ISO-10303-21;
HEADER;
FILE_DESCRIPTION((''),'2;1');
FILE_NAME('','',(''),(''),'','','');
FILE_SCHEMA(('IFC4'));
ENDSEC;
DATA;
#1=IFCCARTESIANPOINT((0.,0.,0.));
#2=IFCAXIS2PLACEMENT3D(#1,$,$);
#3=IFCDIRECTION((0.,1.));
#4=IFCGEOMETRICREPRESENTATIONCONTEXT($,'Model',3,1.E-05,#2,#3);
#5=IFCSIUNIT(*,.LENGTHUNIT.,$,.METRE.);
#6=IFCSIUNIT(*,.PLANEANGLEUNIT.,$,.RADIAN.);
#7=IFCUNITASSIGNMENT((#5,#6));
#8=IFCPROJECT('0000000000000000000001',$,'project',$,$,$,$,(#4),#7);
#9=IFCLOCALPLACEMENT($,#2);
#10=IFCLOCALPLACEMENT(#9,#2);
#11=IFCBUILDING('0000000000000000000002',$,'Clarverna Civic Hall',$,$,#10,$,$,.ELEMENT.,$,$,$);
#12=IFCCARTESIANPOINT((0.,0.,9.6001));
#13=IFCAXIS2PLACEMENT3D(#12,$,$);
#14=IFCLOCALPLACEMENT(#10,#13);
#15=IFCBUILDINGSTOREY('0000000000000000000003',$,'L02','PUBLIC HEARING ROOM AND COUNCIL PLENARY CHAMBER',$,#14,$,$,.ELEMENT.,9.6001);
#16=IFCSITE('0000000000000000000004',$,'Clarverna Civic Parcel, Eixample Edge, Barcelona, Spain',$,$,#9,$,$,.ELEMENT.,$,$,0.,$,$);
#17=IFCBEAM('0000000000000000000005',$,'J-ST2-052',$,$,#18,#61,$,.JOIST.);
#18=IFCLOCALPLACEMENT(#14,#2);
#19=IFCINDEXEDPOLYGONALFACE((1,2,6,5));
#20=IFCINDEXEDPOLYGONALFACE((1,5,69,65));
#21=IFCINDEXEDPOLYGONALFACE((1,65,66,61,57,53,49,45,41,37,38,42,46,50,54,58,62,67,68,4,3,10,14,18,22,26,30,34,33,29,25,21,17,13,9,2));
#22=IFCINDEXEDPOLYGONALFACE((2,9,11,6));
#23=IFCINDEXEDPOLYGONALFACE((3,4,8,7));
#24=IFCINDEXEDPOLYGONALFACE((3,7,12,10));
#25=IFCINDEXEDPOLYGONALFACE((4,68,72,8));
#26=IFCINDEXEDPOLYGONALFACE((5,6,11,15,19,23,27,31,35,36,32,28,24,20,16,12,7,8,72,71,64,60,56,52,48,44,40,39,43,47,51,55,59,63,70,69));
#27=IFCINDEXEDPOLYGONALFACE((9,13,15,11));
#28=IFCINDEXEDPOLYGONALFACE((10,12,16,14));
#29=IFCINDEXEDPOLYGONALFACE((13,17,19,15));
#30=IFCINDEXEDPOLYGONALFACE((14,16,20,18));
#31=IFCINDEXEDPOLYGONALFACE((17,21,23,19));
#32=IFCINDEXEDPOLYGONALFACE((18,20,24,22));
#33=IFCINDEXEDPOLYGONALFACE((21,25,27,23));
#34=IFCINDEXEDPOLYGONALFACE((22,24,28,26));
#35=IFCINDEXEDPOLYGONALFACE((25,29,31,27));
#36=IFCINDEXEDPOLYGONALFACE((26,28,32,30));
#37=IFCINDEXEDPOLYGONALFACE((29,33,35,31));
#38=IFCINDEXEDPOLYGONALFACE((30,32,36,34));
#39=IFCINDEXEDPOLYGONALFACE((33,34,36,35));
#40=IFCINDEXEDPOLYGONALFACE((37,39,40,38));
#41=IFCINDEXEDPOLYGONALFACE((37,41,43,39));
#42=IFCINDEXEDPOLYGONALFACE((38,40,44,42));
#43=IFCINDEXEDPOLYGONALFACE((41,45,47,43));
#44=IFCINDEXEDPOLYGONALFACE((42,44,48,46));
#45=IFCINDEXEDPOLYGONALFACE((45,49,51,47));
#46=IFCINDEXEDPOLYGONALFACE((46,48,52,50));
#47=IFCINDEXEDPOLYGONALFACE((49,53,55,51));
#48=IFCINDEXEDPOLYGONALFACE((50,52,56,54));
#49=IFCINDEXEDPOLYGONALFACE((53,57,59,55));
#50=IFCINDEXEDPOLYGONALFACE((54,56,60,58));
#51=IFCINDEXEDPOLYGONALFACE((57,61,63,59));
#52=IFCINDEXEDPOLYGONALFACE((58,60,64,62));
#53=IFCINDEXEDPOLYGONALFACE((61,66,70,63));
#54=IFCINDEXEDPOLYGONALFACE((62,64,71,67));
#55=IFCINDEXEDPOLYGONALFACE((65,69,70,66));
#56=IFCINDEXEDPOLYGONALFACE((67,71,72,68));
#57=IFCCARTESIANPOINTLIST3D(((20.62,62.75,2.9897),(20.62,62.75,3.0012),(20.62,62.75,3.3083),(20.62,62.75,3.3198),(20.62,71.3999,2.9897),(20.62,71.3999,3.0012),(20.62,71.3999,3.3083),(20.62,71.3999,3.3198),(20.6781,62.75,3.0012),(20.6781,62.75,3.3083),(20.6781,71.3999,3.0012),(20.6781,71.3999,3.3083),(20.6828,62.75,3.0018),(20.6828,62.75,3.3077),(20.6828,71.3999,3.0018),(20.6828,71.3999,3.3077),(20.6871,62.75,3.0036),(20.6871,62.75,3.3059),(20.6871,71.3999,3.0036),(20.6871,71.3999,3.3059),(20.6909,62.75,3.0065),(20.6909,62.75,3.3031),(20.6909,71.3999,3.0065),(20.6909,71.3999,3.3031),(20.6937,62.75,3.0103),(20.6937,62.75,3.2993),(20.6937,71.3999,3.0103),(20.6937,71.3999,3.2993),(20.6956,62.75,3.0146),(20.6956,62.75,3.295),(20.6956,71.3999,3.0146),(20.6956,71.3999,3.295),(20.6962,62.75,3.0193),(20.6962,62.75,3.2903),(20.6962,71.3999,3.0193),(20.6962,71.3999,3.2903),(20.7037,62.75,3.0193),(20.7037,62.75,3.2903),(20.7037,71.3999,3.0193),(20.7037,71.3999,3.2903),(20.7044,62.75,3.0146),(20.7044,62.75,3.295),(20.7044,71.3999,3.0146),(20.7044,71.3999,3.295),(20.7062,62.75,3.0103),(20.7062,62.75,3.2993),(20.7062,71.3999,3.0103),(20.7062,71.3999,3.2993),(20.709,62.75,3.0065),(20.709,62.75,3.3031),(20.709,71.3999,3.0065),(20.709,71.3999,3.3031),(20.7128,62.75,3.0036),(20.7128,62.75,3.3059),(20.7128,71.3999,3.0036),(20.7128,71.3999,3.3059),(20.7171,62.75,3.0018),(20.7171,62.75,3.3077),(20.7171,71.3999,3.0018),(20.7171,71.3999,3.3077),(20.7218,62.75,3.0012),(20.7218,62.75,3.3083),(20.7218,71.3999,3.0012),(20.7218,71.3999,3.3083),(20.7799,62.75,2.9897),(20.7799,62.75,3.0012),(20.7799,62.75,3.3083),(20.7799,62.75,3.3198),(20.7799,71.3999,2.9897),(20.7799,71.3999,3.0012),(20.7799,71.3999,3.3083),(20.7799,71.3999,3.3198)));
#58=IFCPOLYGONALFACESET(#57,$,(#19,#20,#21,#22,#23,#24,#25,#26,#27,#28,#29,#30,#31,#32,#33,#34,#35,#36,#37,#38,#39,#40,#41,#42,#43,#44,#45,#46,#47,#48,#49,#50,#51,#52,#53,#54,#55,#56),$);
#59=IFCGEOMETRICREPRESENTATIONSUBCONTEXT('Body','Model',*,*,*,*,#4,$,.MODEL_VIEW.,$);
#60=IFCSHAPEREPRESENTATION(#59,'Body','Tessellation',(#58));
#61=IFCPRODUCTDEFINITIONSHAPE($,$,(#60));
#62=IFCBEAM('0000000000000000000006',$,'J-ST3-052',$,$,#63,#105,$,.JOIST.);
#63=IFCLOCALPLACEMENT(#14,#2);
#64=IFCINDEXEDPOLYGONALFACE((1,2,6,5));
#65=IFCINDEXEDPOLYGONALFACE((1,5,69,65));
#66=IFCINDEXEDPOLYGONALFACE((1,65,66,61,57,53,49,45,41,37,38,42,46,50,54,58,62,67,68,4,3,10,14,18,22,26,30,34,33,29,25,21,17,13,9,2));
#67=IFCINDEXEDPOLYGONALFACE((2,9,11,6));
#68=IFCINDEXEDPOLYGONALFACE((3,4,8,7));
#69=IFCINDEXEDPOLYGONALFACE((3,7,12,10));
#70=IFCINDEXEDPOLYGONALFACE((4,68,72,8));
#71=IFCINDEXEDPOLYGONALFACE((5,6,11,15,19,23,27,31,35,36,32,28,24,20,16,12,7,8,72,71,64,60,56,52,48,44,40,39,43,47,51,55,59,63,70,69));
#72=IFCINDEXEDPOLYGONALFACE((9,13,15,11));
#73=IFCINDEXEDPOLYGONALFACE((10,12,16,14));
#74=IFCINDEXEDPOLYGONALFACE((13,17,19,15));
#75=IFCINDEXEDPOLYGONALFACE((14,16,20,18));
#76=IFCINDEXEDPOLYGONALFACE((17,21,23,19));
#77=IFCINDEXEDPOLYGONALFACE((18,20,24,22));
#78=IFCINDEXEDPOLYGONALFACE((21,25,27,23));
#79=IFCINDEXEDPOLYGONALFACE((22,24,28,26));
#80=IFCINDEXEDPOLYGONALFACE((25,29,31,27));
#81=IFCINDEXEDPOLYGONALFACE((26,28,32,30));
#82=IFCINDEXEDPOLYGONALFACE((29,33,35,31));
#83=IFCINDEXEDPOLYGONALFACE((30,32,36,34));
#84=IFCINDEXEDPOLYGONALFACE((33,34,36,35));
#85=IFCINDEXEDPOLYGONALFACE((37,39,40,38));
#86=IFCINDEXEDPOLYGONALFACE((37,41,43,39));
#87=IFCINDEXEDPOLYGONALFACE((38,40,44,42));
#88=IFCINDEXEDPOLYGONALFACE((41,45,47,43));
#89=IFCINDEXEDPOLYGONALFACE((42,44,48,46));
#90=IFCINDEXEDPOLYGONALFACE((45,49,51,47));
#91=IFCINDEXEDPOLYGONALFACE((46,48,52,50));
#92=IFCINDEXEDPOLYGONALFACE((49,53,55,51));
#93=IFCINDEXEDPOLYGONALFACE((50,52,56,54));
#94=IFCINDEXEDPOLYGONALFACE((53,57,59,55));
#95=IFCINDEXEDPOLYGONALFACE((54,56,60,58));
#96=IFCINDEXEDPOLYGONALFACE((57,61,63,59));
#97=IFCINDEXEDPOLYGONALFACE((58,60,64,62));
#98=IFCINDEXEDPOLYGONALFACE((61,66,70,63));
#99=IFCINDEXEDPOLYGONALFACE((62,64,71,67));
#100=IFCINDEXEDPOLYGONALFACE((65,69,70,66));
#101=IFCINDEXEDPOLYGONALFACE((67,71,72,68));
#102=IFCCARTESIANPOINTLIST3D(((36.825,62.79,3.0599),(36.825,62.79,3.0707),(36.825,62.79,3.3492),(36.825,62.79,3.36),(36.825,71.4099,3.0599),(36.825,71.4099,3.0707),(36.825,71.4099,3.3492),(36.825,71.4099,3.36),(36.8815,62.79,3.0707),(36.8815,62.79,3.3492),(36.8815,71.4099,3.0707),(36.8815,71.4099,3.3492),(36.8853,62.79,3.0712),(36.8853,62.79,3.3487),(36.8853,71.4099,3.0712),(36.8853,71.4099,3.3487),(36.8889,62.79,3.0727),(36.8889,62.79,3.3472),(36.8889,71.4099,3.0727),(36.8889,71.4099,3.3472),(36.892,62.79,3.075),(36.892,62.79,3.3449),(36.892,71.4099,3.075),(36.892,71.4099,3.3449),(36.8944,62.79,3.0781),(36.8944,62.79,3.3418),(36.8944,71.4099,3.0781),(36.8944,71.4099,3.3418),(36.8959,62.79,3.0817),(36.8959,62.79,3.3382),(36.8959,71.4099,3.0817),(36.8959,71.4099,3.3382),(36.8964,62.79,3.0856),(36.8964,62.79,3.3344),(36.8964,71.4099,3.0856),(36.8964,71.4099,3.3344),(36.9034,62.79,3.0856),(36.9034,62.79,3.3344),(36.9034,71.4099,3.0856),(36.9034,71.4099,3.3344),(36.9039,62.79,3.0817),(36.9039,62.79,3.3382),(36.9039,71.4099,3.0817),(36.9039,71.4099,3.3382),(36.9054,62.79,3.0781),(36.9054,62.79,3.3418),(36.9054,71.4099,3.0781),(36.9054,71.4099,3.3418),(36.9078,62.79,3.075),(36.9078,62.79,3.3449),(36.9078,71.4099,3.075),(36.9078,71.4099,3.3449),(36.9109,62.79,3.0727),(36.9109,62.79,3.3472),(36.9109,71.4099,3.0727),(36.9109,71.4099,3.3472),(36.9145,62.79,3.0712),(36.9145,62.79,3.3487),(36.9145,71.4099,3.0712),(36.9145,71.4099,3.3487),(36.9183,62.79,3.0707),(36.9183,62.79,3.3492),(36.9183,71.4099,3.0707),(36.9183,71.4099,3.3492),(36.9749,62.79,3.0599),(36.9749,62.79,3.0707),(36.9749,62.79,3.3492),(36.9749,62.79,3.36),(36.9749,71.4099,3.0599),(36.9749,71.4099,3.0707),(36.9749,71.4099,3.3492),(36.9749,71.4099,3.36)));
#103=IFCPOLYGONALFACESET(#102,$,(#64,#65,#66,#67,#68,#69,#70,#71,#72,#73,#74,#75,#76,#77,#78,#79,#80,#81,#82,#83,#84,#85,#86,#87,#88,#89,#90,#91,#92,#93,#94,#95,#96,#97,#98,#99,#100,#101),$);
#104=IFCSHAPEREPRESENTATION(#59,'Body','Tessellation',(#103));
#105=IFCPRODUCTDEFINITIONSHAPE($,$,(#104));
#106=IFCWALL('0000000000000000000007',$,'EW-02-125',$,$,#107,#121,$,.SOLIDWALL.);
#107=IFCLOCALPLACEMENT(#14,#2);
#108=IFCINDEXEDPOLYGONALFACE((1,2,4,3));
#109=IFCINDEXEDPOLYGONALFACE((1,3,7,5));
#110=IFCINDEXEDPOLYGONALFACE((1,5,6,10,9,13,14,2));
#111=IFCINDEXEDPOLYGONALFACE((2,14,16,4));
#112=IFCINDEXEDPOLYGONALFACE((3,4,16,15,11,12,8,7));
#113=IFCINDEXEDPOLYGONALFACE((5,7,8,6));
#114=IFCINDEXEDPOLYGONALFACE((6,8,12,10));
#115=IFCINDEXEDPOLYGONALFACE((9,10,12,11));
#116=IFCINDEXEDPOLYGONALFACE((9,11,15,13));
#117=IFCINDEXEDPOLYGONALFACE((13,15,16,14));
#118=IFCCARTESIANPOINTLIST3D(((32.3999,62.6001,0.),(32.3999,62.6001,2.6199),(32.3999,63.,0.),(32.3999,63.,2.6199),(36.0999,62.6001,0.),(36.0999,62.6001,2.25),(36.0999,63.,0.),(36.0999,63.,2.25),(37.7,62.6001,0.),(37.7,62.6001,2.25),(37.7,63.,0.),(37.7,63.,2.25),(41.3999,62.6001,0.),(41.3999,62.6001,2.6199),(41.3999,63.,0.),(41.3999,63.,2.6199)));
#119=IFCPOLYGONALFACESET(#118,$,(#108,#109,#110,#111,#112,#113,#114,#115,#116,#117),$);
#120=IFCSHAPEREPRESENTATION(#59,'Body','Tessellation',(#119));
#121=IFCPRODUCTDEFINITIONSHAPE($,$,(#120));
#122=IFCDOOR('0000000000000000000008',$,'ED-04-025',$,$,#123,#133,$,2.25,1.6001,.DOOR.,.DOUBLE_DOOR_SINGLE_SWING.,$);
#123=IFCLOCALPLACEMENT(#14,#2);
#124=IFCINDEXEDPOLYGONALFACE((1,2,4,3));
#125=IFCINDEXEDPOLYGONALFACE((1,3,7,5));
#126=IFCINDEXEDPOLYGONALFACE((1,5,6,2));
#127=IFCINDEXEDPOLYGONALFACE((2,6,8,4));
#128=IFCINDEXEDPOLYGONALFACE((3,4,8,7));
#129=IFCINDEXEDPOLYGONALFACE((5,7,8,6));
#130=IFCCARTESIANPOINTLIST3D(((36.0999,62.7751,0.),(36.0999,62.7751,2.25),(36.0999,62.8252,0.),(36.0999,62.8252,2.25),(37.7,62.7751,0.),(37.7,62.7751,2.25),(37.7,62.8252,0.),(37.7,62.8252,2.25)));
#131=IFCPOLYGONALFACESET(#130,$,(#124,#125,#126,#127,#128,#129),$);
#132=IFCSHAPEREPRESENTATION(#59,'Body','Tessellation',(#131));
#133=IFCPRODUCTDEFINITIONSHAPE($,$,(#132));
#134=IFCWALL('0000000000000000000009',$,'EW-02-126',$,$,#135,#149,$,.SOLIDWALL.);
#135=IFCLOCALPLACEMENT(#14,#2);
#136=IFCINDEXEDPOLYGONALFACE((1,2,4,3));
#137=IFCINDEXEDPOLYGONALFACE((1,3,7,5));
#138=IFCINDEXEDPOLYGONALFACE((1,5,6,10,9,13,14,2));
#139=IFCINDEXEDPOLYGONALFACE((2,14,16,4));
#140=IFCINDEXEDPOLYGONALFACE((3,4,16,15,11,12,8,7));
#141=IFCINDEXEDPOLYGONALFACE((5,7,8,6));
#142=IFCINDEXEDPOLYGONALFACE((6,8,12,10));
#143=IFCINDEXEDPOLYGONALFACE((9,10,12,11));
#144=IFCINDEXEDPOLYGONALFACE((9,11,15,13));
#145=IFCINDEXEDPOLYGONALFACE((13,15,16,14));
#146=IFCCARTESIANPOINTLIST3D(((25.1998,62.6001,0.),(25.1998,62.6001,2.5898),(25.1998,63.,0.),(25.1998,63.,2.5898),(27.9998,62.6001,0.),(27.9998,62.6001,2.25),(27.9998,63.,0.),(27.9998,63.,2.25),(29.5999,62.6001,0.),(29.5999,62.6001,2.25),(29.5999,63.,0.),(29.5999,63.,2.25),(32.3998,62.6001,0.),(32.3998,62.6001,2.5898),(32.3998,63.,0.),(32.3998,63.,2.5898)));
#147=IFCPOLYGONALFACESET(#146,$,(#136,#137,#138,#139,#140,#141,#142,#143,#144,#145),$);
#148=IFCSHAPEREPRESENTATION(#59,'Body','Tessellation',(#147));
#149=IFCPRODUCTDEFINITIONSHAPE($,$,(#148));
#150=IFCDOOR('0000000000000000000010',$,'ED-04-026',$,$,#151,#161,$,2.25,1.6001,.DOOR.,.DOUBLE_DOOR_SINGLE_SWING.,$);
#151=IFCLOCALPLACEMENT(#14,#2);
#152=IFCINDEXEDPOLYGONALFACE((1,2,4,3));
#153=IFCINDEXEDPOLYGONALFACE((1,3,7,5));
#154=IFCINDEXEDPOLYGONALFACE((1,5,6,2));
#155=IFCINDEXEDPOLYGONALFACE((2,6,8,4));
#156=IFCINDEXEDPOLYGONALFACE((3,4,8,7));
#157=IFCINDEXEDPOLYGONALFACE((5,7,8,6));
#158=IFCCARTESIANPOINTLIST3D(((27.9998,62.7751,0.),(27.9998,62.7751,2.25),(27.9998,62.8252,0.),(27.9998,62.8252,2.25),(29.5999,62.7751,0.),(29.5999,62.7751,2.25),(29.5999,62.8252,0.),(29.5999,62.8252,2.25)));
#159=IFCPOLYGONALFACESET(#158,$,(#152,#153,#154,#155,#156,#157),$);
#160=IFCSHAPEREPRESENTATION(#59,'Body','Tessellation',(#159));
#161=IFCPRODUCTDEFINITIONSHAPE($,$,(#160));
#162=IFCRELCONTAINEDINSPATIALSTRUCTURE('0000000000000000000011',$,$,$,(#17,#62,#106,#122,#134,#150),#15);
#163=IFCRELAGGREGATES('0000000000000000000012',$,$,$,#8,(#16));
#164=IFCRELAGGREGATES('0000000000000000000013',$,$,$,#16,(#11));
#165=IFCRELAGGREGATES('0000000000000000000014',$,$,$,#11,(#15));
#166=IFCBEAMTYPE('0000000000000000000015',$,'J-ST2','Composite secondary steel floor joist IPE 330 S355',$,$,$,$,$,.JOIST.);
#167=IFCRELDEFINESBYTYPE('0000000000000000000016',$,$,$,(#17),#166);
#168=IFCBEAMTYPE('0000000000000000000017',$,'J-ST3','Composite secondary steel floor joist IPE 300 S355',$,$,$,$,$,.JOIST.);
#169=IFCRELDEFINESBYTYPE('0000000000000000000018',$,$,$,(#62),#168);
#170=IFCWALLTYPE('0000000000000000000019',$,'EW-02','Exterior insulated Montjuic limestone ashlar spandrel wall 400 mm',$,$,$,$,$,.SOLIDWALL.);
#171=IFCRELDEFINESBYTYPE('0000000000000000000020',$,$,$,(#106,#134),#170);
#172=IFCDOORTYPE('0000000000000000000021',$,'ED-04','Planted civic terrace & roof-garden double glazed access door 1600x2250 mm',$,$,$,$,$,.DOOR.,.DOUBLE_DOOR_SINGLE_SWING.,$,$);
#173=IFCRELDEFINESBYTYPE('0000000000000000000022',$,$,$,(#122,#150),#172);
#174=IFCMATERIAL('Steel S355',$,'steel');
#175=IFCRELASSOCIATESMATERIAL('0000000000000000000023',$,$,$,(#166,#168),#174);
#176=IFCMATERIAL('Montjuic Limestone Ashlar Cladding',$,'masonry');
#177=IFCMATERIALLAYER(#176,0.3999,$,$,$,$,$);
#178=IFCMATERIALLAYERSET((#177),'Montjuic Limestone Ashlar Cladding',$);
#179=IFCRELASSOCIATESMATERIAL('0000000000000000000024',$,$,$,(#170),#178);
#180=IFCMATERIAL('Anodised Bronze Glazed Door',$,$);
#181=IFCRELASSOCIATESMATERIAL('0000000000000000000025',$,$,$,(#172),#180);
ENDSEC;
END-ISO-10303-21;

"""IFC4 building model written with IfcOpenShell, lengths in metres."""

from ifc_helpers import new_model, si_unit, direction, frame, frame_2d, origin, origin_2d, place, context, subcontext, project, spatial, rectangle, i_section, extrude, material, layer, layer_set, material_profile, profile_set, type_object, element, fill, save


model = new_model("IFC4")

# Units and contexts
model_context = context("Model", 3, precision=1e-05, world=origin(), true_north=direction((0.0, 1.0)))
body_context = subcontext(model_context, "Body", "Model", "MODEL_VIEW")
ifc_project = project(units=[si_unit("LENGTHUNIT", "METRE"), si_unit("PLANEANGLEUNIT", "RADIAN")], contexts=[model_context])

# Site, building, storey
site_placement = place(None, origin())
site = spatial("IfcSite", under=ifc_project, at=site_placement, Name="Clarverna Civic Parcel, Eixample Edge, Barcelona, Spain", CompositionType="ELEMENT", RefElevation=0.0)
building_placement = place(site_placement, origin())
building = spatial("IfcBuilding", under=site, at=building_placement, Name="Clarverna Civic Hall", CompositionType="ELEMENT")
storey_placement = place(building_placement, frame((0.0, 0.0, 9.6001)))
storey = spatial("IfcBuildingStorey", under=building, at=storey_placement, Name="L02", Description="PUBLIC HEARING ROOM AND COUNCIL PLENARY CHAMBER", CompositionType="ELEMENT", Elevation=9.6001)

# Beams
ifc_material_1 = material(Name="Steel S355", Category="steel")
ifc_material_profile_1 = material_profile(ifc_material_1, i_section(OverallWidth=0.1599, OverallDepth=0.3301, WebThickness=0.0076, FlangeThickness=0.0115, FilletRadius=0.0181, at=origin_2d()), Name="IPE 330")
ifc_profile_set_1 = profile_set([ifc_material_profile_1], Name="Steel S355")
beam_type_1 = type_object("IfcBeamType", Name="J-ST2", Description="Composite secondary steel floor joist IPE 330 S355", PredefinedType="JOIST", material=ifc_profile_set_1)
beam_1_placement = place(storey_placement, frame((20.7, 62.75, 3.1548), z_axis=(0.0, 1.0, 0.0), x_axis=(-1.0, 0.0, 0.0)))
element("IfcBeam", 1, at=beam_1_placement, inside=storey, type_object=beam_type_1, Name="J-ST2-052", PredefinedType="JOIST", context=body_context, shape_type="SweptSolid", body=[
    extrude(i_section(OverallWidth=0.1599, OverallDepth=0.3301, WebThickness=0.0076, FlangeThickness=0.0115, FilletRadius=0.0181, at=origin_2d()), origin(), (0.0, 0.0, 1.0), 8.6499),
])
ifc_material_profile_2 = material_profile(ifc_material_1, i_section(OverallWidth=0.1499, OverallDepth=0.3, WebThickness=0.0071, FlangeThickness=0.0107, FilletRadius=0.0149, at=origin_2d()), Name="IPE 300")
ifc_profile_set_2 = profile_set([ifc_material_profile_2], Name="Steel S355")
beam_type_2 = type_object("IfcBeamType", Name="J-ST3", Description="Composite secondary steel floor joist IPE 300 S355", PredefinedType="JOIST", material=ifc_profile_set_2)
beam_2_placement = place(storey_placement, frame((36.8999, 62.79, 3.21), z_axis=(0.0, 1.0, 0.0), x_axis=(-1.0, 0.0, 0.0)))
element("IfcBeam", 2, at=beam_2_placement, inside=storey, type_object=beam_type_2, Name="J-ST3-052", PredefinedType="JOIST", context=body_context, shape_type="SweptSolid", body=[
    extrude(i_section(OverallWidth=0.1499, OverallDepth=0.3, WebThickness=0.0071, FlangeThickness=0.0107, FilletRadius=0.0149, at=origin_2d()), origin(), (0.0, 0.0, 1.0), 8.6199),
])

# Walls, openings, doors
ifc_material_2 = material(Name="Montjuic Limestone Ashlar Cladding", Category="masonry")
ifc_layer_1 = layer(ifc_material_2, 0.3999)
ifc_layer_set_1 = layer_set([ifc_layer_1], Name="Montjuic Limestone Ashlar Cladding")
wall_type_1 = type_object("IfcWallType", Name="EW-02", Description="Exterior insulated Montjuic limestone ashlar spandrel wall 400 mm", PredefinedType="SOLIDWALL", material=ifc_layer_set_1)
wall_1_placement = place(storey_placement, frame((41.3999, 62.8, 0.0), z_axis=(0.0, 0.0, 1.0), x_axis=(-1.0, 0.0, 0.0)))
wall_1 = element("IfcWall", 3, at=wall_1_placement, inside=storey, type_object=wall_type_1, Name="EW-02-125", PredefinedType="SOLIDWALL", context=body_context, shape_type="SweptSolid", body=[
    extrude(rectangle(XDim=9.0, YDim=0.3999, at=frame_2d((4.5, 0.0))), origin(), (0.0, 0.0, 1.0), 2.6199),
])
opening_1_placement = place(wall_1_placement, frame((3.7, 0.0, 0.0)))
opening_1 = element("IfcOpeningElement", 4, at=opening_1_placement, cuts=wall_1, PredefinedType="OPENING", context=body_context, shape_type="SweptSolid", body=[
    extrude(rectangle(XDim=1.6001, YDim=2.25, at=frame_2d((0.8, 1.125))), frame((0.0, 0.21, 0.0), z_axis=(0.0, -1.0, 0.0), x_axis=(1.0, 0.0, 0.0)), (0.0, 0.0, 1.0), 0.4199),
])
ifc_material_3 = material(Name="Anodised Bronze Glazed Door")
door_type = type_object("IfcDoorType", Name="ED-04", Description="Planted civic terrace & roof-garden double glazed access door 1600x2250 mm", OperationType="DOUBLE_DOOR_SINGLE_SWING", PredefinedType="DOOR", material=ifc_material_3)
door_1_placement = place(opening_1_placement, origin())
door_1 = element("IfcDoor", 5, at=door_1_placement, inside=storey, type_object=door_type, Name="ED-04-025", OperationType="DOUBLE_DOOR_SINGLE_SWING", OverallHeight=2.25, OverallWidth=1.6001, PredefinedType="DOOR", context=body_context, shape_type="SweptSolid", body=[
    extrude(rectangle(XDim=1.6001, YDim=2.25, at=frame_2d((0.8, 1.125))), frame((0.0, 0.0249, 0.0), z_axis=(0.0, -1.0, 0.0), x_axis=(1.0, 0.0, 0.0)), (0.0, 0.0, 1.0), 0.05),
])
fill(opening_1, door_1)
wall_2_placement = place(storey_placement, frame((32.3999, 62.8, 0.0), z_axis=(0.0, 0.0, 1.0), x_axis=(-1.0, 0.0, 0.0)))
wall_2 = element("IfcWall", 6, at=wall_2_placement, inside=storey, type_object=wall_type_1, Name="EW-02-126", PredefinedType="SOLIDWALL", context=body_context, shape_type="SweptSolid", body=[
    extrude(rectangle(XDim=7.2, YDim=0.3999, at=frame_2d((3.6001, 0.0))), origin(), (0.0, 0.0, 1.0), 2.5898),
])
opening_2_placement = place(wall_2_placement, frame((2.8, 0.0, 0.0)))
opening_2 = element("IfcOpeningElement", 7, at=opening_2_placement, cuts=wall_2, PredefinedType="OPENING", context=body_context, shape_type="SweptSolid", body=[
    extrude(rectangle(XDim=1.6001, YDim=2.25, at=frame_2d((0.8, 1.125))), frame((0.0, 0.21, 0.0), z_axis=(0.0, -1.0, 0.0), x_axis=(1.0, 0.0, 0.0)), (0.0, 0.0, 1.0), 0.4199),
])
door_2_placement = place(opening_2_placement, origin())
door_2 = element("IfcDoor", 8, at=door_2_placement, inside=storey, type_object=door_type, Name="ED-04-026", OperationType="DOUBLE_DOOR_SINGLE_SWING", OverallHeight=2.25, OverallWidth=1.6001, PredefinedType="DOOR", context=body_context, shape_type="SweptSolid", body=[
    extrude(rectangle(XDim=1.6001, YDim=2.25, at=frame_2d((0.8, 1.125))), frame((0.0, 0.0249, 0.0), z_axis=(0.0, -1.0, 0.0), x_axis=(1.0, 0.0, 0.0)), (0.0, 0.0, 1.0), 0.05),
])
fill(opening_2, door_2)

save(model, "model.ifc")
